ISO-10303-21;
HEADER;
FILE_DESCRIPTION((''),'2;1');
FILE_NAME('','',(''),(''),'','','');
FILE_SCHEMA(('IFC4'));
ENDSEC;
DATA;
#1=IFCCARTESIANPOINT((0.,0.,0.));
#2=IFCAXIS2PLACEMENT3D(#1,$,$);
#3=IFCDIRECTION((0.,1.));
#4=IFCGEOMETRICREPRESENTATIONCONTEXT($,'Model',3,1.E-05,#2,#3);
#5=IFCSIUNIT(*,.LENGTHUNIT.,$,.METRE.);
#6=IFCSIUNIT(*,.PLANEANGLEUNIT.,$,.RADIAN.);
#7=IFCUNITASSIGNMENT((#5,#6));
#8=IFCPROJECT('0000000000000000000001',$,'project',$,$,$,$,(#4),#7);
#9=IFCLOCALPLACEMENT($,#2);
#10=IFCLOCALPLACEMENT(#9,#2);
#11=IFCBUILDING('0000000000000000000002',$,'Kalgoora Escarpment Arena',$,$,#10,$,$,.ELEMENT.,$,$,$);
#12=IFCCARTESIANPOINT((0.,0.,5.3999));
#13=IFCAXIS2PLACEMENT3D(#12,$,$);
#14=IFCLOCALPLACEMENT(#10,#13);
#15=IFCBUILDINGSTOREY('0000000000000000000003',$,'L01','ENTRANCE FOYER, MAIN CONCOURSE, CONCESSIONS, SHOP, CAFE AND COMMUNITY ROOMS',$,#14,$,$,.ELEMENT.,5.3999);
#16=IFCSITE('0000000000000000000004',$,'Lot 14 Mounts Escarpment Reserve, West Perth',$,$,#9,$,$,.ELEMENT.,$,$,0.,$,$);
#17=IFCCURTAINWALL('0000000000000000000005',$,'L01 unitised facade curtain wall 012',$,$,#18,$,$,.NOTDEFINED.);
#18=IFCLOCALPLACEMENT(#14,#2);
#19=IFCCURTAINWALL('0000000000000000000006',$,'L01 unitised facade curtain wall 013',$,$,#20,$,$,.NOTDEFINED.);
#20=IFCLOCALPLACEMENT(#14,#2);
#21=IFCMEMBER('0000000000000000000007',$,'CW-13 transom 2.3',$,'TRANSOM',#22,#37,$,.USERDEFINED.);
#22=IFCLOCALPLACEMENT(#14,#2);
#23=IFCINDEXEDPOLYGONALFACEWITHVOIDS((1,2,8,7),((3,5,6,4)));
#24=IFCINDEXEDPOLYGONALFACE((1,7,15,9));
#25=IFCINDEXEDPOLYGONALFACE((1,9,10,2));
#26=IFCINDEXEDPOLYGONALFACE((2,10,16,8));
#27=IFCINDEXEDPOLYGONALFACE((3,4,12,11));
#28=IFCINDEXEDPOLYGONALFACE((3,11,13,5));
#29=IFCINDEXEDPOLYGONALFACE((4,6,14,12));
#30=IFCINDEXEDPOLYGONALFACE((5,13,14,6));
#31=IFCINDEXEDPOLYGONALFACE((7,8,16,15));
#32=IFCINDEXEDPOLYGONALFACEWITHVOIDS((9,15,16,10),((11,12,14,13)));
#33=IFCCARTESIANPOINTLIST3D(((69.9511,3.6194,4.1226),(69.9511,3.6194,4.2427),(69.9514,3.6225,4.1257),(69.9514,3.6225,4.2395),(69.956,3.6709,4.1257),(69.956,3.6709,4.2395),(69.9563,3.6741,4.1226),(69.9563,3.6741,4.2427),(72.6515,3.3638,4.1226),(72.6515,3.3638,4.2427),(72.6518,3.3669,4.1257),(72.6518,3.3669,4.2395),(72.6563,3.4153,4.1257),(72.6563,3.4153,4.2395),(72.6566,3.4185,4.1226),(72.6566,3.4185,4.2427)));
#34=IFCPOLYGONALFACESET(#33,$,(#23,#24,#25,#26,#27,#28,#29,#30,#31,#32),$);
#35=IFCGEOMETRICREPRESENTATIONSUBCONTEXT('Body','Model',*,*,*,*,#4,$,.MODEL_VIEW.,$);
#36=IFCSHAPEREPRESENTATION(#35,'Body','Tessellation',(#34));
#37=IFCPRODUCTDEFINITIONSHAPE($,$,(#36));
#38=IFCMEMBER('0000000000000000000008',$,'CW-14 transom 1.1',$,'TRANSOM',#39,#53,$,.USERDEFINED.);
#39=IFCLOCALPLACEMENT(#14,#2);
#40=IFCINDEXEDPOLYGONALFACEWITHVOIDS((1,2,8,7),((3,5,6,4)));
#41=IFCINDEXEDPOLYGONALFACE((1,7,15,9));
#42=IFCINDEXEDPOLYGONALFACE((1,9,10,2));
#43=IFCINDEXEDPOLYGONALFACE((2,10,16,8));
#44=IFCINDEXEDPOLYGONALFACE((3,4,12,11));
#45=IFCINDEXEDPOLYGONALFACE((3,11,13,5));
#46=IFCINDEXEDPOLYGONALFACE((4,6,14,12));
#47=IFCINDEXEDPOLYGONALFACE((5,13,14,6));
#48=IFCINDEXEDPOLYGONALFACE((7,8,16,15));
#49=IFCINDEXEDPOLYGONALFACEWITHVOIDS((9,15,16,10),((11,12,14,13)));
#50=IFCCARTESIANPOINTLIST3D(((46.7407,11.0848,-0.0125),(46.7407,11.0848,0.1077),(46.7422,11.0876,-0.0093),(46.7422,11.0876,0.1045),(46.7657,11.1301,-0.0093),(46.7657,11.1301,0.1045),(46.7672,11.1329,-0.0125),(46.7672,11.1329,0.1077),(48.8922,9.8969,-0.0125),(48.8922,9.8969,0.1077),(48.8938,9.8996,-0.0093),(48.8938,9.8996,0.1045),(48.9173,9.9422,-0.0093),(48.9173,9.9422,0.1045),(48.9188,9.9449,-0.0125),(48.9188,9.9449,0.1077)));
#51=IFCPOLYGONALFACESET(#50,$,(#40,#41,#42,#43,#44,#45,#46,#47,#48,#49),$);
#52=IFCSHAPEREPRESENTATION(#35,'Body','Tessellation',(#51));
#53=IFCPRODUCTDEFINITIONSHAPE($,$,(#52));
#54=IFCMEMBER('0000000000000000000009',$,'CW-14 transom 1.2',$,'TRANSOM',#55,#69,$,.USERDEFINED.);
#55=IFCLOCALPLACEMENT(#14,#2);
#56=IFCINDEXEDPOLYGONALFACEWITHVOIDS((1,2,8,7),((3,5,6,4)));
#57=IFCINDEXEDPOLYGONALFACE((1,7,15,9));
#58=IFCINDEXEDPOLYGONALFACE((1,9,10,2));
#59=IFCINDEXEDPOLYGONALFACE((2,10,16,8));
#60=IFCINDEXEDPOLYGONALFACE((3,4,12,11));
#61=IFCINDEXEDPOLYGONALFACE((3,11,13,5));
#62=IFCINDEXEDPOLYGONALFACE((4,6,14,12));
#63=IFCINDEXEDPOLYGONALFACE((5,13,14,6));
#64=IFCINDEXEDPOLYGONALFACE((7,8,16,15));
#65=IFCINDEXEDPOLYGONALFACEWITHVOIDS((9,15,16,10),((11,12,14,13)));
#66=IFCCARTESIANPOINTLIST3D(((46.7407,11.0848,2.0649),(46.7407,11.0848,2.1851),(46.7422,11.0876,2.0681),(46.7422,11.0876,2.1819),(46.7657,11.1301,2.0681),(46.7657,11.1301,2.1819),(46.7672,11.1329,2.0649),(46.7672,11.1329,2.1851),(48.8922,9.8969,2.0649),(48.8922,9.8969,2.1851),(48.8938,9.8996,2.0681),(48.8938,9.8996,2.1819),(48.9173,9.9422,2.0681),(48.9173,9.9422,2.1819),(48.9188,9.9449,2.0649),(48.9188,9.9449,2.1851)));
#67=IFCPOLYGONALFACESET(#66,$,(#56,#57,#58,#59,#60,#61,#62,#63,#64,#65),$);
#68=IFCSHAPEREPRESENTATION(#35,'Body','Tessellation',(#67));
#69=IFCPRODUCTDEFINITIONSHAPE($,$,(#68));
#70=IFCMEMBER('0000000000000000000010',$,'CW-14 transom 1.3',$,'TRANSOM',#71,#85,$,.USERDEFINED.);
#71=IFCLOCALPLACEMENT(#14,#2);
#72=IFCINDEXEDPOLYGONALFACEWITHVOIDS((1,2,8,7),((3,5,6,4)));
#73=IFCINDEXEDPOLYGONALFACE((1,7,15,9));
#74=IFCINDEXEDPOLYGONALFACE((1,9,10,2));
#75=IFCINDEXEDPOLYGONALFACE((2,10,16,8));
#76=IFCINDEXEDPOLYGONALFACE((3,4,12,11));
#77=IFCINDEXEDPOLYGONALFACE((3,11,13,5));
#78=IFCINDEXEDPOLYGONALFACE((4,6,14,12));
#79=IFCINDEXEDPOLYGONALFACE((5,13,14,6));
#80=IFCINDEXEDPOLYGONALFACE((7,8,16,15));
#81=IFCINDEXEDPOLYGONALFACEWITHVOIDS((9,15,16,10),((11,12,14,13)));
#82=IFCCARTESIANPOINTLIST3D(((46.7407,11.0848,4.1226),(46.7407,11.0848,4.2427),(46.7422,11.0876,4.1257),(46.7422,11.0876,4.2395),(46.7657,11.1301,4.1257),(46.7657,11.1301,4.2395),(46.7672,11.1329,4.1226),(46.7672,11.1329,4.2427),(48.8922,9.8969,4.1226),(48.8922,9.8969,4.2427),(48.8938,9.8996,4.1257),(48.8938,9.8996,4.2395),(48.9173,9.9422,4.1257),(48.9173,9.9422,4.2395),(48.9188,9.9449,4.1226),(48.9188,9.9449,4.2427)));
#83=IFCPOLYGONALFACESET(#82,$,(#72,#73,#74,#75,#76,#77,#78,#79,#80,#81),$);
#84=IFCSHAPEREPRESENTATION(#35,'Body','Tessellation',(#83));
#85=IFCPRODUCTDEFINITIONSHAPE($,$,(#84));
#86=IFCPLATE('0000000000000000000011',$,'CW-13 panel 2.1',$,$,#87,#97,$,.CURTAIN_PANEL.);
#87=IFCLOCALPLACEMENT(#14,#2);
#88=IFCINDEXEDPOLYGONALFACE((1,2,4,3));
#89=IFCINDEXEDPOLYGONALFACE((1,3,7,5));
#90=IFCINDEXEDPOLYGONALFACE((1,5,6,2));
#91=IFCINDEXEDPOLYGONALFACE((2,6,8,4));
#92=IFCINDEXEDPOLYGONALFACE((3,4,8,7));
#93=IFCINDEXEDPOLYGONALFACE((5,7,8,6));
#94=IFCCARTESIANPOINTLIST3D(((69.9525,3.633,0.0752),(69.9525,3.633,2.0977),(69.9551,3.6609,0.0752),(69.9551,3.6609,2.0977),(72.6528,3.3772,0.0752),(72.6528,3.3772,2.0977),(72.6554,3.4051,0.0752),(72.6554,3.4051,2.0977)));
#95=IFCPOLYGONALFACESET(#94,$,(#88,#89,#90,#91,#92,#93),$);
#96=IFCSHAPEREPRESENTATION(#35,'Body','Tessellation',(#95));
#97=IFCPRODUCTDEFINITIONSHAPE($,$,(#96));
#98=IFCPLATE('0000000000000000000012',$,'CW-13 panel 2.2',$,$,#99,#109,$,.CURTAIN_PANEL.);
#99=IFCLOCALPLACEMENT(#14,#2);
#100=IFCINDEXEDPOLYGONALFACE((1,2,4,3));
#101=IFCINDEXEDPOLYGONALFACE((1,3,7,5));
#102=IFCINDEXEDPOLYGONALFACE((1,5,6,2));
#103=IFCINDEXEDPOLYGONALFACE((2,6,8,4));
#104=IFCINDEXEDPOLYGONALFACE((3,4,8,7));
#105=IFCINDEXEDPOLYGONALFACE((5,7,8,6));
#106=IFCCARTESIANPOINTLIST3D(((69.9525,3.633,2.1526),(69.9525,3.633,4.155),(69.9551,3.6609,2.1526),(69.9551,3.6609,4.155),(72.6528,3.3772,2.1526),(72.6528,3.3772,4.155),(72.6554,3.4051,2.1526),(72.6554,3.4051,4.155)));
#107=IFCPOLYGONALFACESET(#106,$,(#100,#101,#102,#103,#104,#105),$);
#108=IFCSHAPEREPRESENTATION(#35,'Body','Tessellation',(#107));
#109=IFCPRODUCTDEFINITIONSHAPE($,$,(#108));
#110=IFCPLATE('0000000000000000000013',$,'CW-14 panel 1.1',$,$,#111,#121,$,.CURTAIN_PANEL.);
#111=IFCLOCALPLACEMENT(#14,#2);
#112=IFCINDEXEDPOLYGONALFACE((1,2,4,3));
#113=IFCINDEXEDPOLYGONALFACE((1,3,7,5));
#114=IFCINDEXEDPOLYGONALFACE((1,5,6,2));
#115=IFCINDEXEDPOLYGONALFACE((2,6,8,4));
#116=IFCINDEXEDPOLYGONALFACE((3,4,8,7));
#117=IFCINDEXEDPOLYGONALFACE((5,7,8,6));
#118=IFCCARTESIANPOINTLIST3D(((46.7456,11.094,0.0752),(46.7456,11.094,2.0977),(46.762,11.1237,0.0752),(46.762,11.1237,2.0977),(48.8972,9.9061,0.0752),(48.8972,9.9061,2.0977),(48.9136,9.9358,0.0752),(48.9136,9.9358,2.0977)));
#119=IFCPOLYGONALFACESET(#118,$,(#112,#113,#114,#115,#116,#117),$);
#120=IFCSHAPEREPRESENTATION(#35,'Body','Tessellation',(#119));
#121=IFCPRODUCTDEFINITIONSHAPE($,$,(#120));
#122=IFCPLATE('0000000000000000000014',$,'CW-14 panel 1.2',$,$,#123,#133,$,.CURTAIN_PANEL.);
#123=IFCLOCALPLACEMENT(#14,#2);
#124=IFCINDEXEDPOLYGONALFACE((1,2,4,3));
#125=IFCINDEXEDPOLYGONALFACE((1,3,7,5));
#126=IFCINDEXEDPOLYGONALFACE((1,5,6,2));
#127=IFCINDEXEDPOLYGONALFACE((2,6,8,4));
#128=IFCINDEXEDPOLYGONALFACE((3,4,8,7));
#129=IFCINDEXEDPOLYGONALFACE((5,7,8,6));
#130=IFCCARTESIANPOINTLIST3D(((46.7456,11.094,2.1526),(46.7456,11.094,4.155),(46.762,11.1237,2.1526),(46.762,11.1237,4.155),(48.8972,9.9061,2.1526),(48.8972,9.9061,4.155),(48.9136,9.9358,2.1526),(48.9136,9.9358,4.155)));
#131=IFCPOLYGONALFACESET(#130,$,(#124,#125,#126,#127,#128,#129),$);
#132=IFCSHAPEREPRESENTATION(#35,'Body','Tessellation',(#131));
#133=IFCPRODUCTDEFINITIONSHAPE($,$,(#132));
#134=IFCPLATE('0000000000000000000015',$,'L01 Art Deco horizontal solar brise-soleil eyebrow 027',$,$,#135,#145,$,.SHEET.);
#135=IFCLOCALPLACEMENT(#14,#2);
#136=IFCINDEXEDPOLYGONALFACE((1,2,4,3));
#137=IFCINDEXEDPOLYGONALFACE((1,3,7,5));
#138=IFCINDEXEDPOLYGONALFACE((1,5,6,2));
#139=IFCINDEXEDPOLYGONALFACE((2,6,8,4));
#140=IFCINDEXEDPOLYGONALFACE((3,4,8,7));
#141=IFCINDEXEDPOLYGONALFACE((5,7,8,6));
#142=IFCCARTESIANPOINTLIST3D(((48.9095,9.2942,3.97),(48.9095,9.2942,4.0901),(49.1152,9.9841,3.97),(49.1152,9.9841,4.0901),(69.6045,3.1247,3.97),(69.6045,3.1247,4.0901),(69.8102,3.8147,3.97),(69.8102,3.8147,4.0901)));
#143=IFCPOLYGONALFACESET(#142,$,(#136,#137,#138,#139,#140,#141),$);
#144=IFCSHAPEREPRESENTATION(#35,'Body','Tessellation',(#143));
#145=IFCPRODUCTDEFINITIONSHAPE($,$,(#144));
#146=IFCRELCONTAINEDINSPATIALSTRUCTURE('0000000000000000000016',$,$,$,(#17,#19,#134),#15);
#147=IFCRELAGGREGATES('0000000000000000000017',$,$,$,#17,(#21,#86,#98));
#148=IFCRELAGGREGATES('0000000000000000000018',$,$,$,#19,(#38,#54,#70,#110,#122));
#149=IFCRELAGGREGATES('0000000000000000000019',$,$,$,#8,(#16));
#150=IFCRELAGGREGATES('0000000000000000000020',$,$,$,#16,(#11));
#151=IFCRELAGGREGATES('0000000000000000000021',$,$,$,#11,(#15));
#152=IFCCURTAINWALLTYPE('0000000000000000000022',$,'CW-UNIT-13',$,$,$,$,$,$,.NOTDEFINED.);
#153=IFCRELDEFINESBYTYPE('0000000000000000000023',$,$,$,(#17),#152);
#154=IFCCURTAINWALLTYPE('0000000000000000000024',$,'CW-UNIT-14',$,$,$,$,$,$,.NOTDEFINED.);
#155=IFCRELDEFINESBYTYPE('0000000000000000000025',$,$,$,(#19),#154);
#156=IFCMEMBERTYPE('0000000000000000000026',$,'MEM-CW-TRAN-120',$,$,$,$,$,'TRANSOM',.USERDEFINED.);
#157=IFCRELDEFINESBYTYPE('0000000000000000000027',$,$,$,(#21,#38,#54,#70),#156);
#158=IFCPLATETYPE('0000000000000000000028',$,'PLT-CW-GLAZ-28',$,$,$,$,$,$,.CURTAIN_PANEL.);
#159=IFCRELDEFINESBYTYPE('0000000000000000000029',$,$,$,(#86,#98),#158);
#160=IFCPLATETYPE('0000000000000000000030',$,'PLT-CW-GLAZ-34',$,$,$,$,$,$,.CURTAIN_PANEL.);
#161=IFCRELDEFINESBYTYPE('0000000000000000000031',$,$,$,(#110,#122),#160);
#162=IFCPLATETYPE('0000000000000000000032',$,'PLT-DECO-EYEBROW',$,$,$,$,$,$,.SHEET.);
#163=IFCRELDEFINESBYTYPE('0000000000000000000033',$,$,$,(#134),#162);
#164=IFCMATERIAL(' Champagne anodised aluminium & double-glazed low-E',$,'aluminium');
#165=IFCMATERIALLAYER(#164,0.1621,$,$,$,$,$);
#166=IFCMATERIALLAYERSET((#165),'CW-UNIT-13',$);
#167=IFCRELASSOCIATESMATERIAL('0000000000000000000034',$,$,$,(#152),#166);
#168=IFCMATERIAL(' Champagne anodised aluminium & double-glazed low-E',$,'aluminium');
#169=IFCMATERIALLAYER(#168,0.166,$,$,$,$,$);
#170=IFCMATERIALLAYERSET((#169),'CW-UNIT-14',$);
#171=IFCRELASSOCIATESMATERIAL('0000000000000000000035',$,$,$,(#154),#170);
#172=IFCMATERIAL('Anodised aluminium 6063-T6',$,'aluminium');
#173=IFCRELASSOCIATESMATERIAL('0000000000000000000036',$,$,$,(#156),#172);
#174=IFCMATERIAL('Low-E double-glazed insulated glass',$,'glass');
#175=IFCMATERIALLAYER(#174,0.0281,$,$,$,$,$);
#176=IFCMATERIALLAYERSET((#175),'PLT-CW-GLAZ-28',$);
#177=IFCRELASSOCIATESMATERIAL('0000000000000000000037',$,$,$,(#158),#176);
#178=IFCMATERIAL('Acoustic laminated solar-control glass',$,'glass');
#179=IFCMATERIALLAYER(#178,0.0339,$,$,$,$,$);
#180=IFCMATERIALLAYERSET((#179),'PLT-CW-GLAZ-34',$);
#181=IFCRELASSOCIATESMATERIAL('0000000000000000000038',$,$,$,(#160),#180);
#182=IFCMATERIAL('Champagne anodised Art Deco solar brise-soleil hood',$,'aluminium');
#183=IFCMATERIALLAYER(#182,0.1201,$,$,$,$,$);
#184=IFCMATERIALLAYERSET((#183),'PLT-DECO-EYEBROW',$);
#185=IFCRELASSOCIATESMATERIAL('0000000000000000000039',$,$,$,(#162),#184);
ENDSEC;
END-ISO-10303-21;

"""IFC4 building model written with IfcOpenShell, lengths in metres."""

from ifc_helpers import new_model, si_unit, direction, frame, origin, origin_2d, place, context, subcontext, project, spatial, rectangle, hollow_rectangle, extrude, material, layer, layer_set, material_profile, profile_set, type_object, element, aggregate, save


model = new_model("IFC4")

# Units and contexts
model_context = context("Model", 3, precision=1e-05, world=origin(), true_north=direction((0.0, 1.0)))
body_context = subcontext(model_context, "Body", "Model", "MODEL_VIEW")
ifc_project = project(units=[si_unit("LENGTHUNIT", "METRE"), si_unit("PLANEANGLEUNIT", "RADIAN")], contexts=[model_context])

# Site, building, storey
site_placement = place(None, origin())
site = spatial("IfcSite", under=ifc_project, at=site_placement, Name="Lot 14 Mounts Escarpment Reserve, West Perth", CompositionType="ELEMENT", RefElevation=0.0)
building_placement = place(site_placement, origin())
building = spatial("IfcBuilding", under=site, at=building_placement, Name="Kalgoora Escarpment Arena", CompositionType="ELEMENT")
storey_placement = place(building_placement, frame((0.0, 0.0, 5.3999)))
storey = spatial("IfcBuildingStorey", under=building, at=storey_placement, Name="L01", Description="ENTRANCE FOYER, MAIN CONCOURSE, CONCESSIONS, SHOP, CAFE AND COMMUNITY ROOMS", CompositionType="ELEMENT", Elevation=5.3999)

# Curtain walls
ifc_material_1 = material(Name=" Champagne anodised aluminium & double-glazed low-E", Category="aluminium")
ifc_layer_1 = layer(ifc_material_1, 0.1621)
ifc_layer_set_1 = layer_set([ifc_layer_1], Name="CW-UNIT-13")
curtain_wall_type_1 = type_object("IfcCurtainWallType", Name="CW-UNIT-13", PredefinedType="NOTDEFINED", material=ifc_layer_set_1)
curtain_wall_1_placement = place(storey_placement, origin())
curtain_wall_1 = element("IfcCurtainWall", 1, at=curtain_wall_1_placement, inside=storey, type_object=curtain_wall_type_1, Name="L01 unitised facade curtain wall 012", PredefinedType="NOTDEFINED")
ifc_material_2 = material(Name=" Champagne anodised aluminium & double-glazed low-E", Category="aluminium")
ifc_layer_2 = layer(ifc_material_2, 0.166)
ifc_layer_set_2 = layer_set([ifc_layer_2], Name="CW-UNIT-14")
curtain_wall_type_2 = type_object("IfcCurtainWallType", Name="CW-UNIT-14", PredefinedType="NOTDEFINED", material=ifc_layer_set_2)
curtain_wall_2_placement = place(storey_placement, origin())
curtain_wall_2 = element("IfcCurtainWall", 2, at=curtain_wall_2_placement, inside=storey, type_object=curtain_wall_type_2, Name="L01 unitised facade curtain wall 013", PredefinedType="NOTDEFINED")

# Members
ifc_material_3 = material(Name="Anodised aluminium 6063-T6", Category="aluminium")
ifc_material_profile_1 = material_profile(ifc_material_3, hollow_rectangle(XDim=0.0549, YDim=0.1201, WallThickness=0.0032, at=origin_2d()))
ifc_profile_set_1 = profile_set([ifc_material_profile_1], Name="Anodised aluminium 6063-T6")
member_type_1 = type_object("IfcMemberType", Name="MEM-CW-TRAN-120", ElementType="TRANSOM", PredefinedType="USERDEFINED", material=ifc_profile_set_1)
member_1_placement = place(storey_placement, frame((72.6541, 3.3911, 4.1826), z_axis=(-0.99555, 0.094236, 0.0), x_axis=(-0.094236, -0.99555, 0.0)))
member_1 = element("IfcMember", 3, at=member_1_placement, type_object=member_type_1, Name="CW-13 transom 2.3", ObjectType="TRANSOM", PredefinedType="USERDEFINED", context=body_context, shape_type="SweptSolid", body=[
    extrude(hollow_rectangle(XDim=0.0549, YDim=0.1201, WallThickness=0.0032, at=origin_2d()), origin(), (0.0, 0.0, 1.0), 2.7124),
])
member_2_placement = place(storey_placement, frame((48.9055, 9.9209, 0.0476), z_axis=(-0.875424, 0.483356, 0.0), x_axis=(-0.483356, -0.875424, 0.0)))
member_2 = element("IfcMember", 4, at=member_2_placement, type_object=member_type_1, Name="CW-14 transom 1.1", ObjectType="TRANSOM", PredefinedType="USERDEFINED", context=body_context, shape_type="SweptSolid", body=[
    extrude(hollow_rectangle(XDim=0.0549, YDim=0.1201, WallThickness=0.0032, at=origin_2d()), origin(), (0.0, 0.0, 1.0), 2.4578),
])
member_3_placement = place(storey_placement, frame((48.9055, 9.9209, 2.125), z_axis=(-0.875424, 0.483356, 0.0), x_axis=(-0.483356, -0.875424, 0.0)))
member_3 = element("IfcMember", 5, at=member_3_placement, type_object=member_type_1, Name="CW-14 transom 1.2", ObjectType="TRANSOM", PredefinedType="USERDEFINED", context=body_context, shape_type="SweptSolid", body=[
    extrude(hollow_rectangle(XDim=0.0549, YDim=0.1201, WallThickness=0.0032, at=origin_2d()), origin(), (0.0, 0.0, 1.0), 2.4578),
])
member_4_placement = place(storey_placement, frame((48.9055, 9.9209, 4.1826), z_axis=(-0.875424, 0.483356, 0.0), x_axis=(-0.483356, -0.875424, 0.0)))
member_4 = element("IfcMember", 6, at=member_4_placement, type_object=member_type_1, Name="CW-14 transom 1.3", ObjectType="TRANSOM", PredefinedType="USERDEFINED", context=body_context, shape_type="SweptSolid", body=[
    extrude(hollow_rectangle(XDim=0.0549, YDim=0.1201, WallThickness=0.0032, at=origin_2d()), origin(), (0.0, 0.0, 1.0), 2.4578),
])

# Plates
ifc_material_4 = material(Name="Low-E double-glazed insulated glass", Category="glass")
ifc_layer_3 = layer(ifc_material_4, 0.0281)
ifc_layer_set_3 = layer_set([ifc_layer_3], Name="PLT-CW-GLAZ-28")
plate_type_1 = type_object("IfcPlateType", Name="PLT-CW-GLAZ-28", PredefinedType="CURTAIN_PANEL", material=ifc_layer_set_3)
plate_1_placement = place(storey_placement, frame((71.304, 3.519, 0.0752), z_axis=(0.0, 0.0, 1.0), x_axis=(-0.995542, 0.094316, 0.0)))
plate_1 = element("IfcPlate", 7, at=plate_1_placement, type_object=plate_type_1, Name="CW-13 panel 2.1", PredefinedType="CURTAIN_PANEL", context=body_context, shape_type="SweptSolid", body=[
    extrude(rectangle(XDim=2.7124, YDim=0.0281, at=origin_2d()), origin(), (0.0, 0.0, 1.0), 2.0225),
])
plate_2_placement = place(storey_placement, frame((71.304, 3.519, 2.1526), z_axis=(0.0, 0.0, 1.0), x_axis=(-0.995542, 0.094316, 0.0)))
plate_2 = element("IfcPlate", 8, at=plate_2_placement, type_object=plate_type_1, Name="CW-13 panel 2.2", PredefinedType="CURTAIN_PANEL", context=body_context, shape_type="SweptSolid", body=[
    extrude(rectangle(XDim=2.7124, YDim=0.0281, at=origin_2d()), origin(), (0.0, 0.0, 1.0), 2.0024),
])
aggregate(curtain_wall_1, [member_1, plate_1, plate_2])
ifc_material_5 = material(Name="Acoustic laminated solar-control glass", Category="glass")
ifc_layer_4 = layer(ifc_material_5, 0.0339)
ifc_layer_set_4 = layer_set([ifc_layer_4], Name="PLT-CW-GLAZ-34")
plate_type_2 = type_object("IfcPlateType", Name="PLT-CW-GLAZ-34", PredefinedType="CURTAIN_PANEL", material=ifc_layer_set_4)
plate_3_placement = place(storey_placement, frame((47.8296, 10.5149, 0.0752), z_axis=(0.0, 0.0, 1.0), x_axis=(-0.875431, 0.483343, 0.0)))
plate_3 = element("IfcPlate", 9, at=plate_3_placement, type_object=plate_type_2, Name="CW-14 panel 1.1", PredefinedType="CURTAIN_PANEL", context=body_context, shape_type="SweptSolid", body=[
    extrude(rectangle(XDim=2.4578, YDim=0.0339, at=origin_2d()), origin(), (0.0, 0.0, 1.0), 2.0225),
])
plate_4_placement = place(storey_placement, frame((47.8296, 10.5149, 2.1526), z_axis=(0.0, 0.0, 1.0), x_axis=(-0.875431, 0.483343, 0.0)))
plate_4 = element("IfcPlate", 10, at=plate_4_placement, type_object=plate_type_2, Name="CW-14 panel 1.2", PredefinedType="CURTAIN_PANEL", context=body_context, shape_type="SweptSolid", body=[
    extrude(rectangle(XDim=2.4578, YDim=0.0339, at=origin_2d()), origin(), (0.0, 0.0, 1.0), 2.0024),
])
aggregate(curtain_wall_2, [member_2, member_3, member_4, plate_3, plate_4])
ifc_material_6 = material(Name="Champagne anodised Art Deco solar brise-soleil hood", Category="aluminium")
ifc_layer_5 = layer(ifc_material_6, 0.1201)
ifc_layer_set_5 = layer_set([ifc_layer_5], Name="PLT-DECO-EYEBROW")
plate_type_3 = type_object("IfcPlateType", Name="PLT-DECO-EYEBROW", PredefinedType="SHEET", material=ifc_layer_set_5)
plate_5_placement = place(storey_placement, frame((59.3599, 6.5544, 3.97), z_axis=(0.0, 0.0, 1.0), x_axis=(-0.958323, 0.285688, 0.0)))
element("IfcPlate", 11, at=plate_5_placement, inside=storey, type_object=plate_type_3, Name="L01 Art Deco horizontal solar brise-soleil eyebrow 027", PredefinedType="SHEET", context=body_context, shape_type="SweptSolid", body=[
    extrude(rectangle(XDim=21.595, YDim=0.72, at=origin_2d()), origin(), (0.0, 0.0, 1.0), 0.1201),
])

save(model, "model.ifc")
